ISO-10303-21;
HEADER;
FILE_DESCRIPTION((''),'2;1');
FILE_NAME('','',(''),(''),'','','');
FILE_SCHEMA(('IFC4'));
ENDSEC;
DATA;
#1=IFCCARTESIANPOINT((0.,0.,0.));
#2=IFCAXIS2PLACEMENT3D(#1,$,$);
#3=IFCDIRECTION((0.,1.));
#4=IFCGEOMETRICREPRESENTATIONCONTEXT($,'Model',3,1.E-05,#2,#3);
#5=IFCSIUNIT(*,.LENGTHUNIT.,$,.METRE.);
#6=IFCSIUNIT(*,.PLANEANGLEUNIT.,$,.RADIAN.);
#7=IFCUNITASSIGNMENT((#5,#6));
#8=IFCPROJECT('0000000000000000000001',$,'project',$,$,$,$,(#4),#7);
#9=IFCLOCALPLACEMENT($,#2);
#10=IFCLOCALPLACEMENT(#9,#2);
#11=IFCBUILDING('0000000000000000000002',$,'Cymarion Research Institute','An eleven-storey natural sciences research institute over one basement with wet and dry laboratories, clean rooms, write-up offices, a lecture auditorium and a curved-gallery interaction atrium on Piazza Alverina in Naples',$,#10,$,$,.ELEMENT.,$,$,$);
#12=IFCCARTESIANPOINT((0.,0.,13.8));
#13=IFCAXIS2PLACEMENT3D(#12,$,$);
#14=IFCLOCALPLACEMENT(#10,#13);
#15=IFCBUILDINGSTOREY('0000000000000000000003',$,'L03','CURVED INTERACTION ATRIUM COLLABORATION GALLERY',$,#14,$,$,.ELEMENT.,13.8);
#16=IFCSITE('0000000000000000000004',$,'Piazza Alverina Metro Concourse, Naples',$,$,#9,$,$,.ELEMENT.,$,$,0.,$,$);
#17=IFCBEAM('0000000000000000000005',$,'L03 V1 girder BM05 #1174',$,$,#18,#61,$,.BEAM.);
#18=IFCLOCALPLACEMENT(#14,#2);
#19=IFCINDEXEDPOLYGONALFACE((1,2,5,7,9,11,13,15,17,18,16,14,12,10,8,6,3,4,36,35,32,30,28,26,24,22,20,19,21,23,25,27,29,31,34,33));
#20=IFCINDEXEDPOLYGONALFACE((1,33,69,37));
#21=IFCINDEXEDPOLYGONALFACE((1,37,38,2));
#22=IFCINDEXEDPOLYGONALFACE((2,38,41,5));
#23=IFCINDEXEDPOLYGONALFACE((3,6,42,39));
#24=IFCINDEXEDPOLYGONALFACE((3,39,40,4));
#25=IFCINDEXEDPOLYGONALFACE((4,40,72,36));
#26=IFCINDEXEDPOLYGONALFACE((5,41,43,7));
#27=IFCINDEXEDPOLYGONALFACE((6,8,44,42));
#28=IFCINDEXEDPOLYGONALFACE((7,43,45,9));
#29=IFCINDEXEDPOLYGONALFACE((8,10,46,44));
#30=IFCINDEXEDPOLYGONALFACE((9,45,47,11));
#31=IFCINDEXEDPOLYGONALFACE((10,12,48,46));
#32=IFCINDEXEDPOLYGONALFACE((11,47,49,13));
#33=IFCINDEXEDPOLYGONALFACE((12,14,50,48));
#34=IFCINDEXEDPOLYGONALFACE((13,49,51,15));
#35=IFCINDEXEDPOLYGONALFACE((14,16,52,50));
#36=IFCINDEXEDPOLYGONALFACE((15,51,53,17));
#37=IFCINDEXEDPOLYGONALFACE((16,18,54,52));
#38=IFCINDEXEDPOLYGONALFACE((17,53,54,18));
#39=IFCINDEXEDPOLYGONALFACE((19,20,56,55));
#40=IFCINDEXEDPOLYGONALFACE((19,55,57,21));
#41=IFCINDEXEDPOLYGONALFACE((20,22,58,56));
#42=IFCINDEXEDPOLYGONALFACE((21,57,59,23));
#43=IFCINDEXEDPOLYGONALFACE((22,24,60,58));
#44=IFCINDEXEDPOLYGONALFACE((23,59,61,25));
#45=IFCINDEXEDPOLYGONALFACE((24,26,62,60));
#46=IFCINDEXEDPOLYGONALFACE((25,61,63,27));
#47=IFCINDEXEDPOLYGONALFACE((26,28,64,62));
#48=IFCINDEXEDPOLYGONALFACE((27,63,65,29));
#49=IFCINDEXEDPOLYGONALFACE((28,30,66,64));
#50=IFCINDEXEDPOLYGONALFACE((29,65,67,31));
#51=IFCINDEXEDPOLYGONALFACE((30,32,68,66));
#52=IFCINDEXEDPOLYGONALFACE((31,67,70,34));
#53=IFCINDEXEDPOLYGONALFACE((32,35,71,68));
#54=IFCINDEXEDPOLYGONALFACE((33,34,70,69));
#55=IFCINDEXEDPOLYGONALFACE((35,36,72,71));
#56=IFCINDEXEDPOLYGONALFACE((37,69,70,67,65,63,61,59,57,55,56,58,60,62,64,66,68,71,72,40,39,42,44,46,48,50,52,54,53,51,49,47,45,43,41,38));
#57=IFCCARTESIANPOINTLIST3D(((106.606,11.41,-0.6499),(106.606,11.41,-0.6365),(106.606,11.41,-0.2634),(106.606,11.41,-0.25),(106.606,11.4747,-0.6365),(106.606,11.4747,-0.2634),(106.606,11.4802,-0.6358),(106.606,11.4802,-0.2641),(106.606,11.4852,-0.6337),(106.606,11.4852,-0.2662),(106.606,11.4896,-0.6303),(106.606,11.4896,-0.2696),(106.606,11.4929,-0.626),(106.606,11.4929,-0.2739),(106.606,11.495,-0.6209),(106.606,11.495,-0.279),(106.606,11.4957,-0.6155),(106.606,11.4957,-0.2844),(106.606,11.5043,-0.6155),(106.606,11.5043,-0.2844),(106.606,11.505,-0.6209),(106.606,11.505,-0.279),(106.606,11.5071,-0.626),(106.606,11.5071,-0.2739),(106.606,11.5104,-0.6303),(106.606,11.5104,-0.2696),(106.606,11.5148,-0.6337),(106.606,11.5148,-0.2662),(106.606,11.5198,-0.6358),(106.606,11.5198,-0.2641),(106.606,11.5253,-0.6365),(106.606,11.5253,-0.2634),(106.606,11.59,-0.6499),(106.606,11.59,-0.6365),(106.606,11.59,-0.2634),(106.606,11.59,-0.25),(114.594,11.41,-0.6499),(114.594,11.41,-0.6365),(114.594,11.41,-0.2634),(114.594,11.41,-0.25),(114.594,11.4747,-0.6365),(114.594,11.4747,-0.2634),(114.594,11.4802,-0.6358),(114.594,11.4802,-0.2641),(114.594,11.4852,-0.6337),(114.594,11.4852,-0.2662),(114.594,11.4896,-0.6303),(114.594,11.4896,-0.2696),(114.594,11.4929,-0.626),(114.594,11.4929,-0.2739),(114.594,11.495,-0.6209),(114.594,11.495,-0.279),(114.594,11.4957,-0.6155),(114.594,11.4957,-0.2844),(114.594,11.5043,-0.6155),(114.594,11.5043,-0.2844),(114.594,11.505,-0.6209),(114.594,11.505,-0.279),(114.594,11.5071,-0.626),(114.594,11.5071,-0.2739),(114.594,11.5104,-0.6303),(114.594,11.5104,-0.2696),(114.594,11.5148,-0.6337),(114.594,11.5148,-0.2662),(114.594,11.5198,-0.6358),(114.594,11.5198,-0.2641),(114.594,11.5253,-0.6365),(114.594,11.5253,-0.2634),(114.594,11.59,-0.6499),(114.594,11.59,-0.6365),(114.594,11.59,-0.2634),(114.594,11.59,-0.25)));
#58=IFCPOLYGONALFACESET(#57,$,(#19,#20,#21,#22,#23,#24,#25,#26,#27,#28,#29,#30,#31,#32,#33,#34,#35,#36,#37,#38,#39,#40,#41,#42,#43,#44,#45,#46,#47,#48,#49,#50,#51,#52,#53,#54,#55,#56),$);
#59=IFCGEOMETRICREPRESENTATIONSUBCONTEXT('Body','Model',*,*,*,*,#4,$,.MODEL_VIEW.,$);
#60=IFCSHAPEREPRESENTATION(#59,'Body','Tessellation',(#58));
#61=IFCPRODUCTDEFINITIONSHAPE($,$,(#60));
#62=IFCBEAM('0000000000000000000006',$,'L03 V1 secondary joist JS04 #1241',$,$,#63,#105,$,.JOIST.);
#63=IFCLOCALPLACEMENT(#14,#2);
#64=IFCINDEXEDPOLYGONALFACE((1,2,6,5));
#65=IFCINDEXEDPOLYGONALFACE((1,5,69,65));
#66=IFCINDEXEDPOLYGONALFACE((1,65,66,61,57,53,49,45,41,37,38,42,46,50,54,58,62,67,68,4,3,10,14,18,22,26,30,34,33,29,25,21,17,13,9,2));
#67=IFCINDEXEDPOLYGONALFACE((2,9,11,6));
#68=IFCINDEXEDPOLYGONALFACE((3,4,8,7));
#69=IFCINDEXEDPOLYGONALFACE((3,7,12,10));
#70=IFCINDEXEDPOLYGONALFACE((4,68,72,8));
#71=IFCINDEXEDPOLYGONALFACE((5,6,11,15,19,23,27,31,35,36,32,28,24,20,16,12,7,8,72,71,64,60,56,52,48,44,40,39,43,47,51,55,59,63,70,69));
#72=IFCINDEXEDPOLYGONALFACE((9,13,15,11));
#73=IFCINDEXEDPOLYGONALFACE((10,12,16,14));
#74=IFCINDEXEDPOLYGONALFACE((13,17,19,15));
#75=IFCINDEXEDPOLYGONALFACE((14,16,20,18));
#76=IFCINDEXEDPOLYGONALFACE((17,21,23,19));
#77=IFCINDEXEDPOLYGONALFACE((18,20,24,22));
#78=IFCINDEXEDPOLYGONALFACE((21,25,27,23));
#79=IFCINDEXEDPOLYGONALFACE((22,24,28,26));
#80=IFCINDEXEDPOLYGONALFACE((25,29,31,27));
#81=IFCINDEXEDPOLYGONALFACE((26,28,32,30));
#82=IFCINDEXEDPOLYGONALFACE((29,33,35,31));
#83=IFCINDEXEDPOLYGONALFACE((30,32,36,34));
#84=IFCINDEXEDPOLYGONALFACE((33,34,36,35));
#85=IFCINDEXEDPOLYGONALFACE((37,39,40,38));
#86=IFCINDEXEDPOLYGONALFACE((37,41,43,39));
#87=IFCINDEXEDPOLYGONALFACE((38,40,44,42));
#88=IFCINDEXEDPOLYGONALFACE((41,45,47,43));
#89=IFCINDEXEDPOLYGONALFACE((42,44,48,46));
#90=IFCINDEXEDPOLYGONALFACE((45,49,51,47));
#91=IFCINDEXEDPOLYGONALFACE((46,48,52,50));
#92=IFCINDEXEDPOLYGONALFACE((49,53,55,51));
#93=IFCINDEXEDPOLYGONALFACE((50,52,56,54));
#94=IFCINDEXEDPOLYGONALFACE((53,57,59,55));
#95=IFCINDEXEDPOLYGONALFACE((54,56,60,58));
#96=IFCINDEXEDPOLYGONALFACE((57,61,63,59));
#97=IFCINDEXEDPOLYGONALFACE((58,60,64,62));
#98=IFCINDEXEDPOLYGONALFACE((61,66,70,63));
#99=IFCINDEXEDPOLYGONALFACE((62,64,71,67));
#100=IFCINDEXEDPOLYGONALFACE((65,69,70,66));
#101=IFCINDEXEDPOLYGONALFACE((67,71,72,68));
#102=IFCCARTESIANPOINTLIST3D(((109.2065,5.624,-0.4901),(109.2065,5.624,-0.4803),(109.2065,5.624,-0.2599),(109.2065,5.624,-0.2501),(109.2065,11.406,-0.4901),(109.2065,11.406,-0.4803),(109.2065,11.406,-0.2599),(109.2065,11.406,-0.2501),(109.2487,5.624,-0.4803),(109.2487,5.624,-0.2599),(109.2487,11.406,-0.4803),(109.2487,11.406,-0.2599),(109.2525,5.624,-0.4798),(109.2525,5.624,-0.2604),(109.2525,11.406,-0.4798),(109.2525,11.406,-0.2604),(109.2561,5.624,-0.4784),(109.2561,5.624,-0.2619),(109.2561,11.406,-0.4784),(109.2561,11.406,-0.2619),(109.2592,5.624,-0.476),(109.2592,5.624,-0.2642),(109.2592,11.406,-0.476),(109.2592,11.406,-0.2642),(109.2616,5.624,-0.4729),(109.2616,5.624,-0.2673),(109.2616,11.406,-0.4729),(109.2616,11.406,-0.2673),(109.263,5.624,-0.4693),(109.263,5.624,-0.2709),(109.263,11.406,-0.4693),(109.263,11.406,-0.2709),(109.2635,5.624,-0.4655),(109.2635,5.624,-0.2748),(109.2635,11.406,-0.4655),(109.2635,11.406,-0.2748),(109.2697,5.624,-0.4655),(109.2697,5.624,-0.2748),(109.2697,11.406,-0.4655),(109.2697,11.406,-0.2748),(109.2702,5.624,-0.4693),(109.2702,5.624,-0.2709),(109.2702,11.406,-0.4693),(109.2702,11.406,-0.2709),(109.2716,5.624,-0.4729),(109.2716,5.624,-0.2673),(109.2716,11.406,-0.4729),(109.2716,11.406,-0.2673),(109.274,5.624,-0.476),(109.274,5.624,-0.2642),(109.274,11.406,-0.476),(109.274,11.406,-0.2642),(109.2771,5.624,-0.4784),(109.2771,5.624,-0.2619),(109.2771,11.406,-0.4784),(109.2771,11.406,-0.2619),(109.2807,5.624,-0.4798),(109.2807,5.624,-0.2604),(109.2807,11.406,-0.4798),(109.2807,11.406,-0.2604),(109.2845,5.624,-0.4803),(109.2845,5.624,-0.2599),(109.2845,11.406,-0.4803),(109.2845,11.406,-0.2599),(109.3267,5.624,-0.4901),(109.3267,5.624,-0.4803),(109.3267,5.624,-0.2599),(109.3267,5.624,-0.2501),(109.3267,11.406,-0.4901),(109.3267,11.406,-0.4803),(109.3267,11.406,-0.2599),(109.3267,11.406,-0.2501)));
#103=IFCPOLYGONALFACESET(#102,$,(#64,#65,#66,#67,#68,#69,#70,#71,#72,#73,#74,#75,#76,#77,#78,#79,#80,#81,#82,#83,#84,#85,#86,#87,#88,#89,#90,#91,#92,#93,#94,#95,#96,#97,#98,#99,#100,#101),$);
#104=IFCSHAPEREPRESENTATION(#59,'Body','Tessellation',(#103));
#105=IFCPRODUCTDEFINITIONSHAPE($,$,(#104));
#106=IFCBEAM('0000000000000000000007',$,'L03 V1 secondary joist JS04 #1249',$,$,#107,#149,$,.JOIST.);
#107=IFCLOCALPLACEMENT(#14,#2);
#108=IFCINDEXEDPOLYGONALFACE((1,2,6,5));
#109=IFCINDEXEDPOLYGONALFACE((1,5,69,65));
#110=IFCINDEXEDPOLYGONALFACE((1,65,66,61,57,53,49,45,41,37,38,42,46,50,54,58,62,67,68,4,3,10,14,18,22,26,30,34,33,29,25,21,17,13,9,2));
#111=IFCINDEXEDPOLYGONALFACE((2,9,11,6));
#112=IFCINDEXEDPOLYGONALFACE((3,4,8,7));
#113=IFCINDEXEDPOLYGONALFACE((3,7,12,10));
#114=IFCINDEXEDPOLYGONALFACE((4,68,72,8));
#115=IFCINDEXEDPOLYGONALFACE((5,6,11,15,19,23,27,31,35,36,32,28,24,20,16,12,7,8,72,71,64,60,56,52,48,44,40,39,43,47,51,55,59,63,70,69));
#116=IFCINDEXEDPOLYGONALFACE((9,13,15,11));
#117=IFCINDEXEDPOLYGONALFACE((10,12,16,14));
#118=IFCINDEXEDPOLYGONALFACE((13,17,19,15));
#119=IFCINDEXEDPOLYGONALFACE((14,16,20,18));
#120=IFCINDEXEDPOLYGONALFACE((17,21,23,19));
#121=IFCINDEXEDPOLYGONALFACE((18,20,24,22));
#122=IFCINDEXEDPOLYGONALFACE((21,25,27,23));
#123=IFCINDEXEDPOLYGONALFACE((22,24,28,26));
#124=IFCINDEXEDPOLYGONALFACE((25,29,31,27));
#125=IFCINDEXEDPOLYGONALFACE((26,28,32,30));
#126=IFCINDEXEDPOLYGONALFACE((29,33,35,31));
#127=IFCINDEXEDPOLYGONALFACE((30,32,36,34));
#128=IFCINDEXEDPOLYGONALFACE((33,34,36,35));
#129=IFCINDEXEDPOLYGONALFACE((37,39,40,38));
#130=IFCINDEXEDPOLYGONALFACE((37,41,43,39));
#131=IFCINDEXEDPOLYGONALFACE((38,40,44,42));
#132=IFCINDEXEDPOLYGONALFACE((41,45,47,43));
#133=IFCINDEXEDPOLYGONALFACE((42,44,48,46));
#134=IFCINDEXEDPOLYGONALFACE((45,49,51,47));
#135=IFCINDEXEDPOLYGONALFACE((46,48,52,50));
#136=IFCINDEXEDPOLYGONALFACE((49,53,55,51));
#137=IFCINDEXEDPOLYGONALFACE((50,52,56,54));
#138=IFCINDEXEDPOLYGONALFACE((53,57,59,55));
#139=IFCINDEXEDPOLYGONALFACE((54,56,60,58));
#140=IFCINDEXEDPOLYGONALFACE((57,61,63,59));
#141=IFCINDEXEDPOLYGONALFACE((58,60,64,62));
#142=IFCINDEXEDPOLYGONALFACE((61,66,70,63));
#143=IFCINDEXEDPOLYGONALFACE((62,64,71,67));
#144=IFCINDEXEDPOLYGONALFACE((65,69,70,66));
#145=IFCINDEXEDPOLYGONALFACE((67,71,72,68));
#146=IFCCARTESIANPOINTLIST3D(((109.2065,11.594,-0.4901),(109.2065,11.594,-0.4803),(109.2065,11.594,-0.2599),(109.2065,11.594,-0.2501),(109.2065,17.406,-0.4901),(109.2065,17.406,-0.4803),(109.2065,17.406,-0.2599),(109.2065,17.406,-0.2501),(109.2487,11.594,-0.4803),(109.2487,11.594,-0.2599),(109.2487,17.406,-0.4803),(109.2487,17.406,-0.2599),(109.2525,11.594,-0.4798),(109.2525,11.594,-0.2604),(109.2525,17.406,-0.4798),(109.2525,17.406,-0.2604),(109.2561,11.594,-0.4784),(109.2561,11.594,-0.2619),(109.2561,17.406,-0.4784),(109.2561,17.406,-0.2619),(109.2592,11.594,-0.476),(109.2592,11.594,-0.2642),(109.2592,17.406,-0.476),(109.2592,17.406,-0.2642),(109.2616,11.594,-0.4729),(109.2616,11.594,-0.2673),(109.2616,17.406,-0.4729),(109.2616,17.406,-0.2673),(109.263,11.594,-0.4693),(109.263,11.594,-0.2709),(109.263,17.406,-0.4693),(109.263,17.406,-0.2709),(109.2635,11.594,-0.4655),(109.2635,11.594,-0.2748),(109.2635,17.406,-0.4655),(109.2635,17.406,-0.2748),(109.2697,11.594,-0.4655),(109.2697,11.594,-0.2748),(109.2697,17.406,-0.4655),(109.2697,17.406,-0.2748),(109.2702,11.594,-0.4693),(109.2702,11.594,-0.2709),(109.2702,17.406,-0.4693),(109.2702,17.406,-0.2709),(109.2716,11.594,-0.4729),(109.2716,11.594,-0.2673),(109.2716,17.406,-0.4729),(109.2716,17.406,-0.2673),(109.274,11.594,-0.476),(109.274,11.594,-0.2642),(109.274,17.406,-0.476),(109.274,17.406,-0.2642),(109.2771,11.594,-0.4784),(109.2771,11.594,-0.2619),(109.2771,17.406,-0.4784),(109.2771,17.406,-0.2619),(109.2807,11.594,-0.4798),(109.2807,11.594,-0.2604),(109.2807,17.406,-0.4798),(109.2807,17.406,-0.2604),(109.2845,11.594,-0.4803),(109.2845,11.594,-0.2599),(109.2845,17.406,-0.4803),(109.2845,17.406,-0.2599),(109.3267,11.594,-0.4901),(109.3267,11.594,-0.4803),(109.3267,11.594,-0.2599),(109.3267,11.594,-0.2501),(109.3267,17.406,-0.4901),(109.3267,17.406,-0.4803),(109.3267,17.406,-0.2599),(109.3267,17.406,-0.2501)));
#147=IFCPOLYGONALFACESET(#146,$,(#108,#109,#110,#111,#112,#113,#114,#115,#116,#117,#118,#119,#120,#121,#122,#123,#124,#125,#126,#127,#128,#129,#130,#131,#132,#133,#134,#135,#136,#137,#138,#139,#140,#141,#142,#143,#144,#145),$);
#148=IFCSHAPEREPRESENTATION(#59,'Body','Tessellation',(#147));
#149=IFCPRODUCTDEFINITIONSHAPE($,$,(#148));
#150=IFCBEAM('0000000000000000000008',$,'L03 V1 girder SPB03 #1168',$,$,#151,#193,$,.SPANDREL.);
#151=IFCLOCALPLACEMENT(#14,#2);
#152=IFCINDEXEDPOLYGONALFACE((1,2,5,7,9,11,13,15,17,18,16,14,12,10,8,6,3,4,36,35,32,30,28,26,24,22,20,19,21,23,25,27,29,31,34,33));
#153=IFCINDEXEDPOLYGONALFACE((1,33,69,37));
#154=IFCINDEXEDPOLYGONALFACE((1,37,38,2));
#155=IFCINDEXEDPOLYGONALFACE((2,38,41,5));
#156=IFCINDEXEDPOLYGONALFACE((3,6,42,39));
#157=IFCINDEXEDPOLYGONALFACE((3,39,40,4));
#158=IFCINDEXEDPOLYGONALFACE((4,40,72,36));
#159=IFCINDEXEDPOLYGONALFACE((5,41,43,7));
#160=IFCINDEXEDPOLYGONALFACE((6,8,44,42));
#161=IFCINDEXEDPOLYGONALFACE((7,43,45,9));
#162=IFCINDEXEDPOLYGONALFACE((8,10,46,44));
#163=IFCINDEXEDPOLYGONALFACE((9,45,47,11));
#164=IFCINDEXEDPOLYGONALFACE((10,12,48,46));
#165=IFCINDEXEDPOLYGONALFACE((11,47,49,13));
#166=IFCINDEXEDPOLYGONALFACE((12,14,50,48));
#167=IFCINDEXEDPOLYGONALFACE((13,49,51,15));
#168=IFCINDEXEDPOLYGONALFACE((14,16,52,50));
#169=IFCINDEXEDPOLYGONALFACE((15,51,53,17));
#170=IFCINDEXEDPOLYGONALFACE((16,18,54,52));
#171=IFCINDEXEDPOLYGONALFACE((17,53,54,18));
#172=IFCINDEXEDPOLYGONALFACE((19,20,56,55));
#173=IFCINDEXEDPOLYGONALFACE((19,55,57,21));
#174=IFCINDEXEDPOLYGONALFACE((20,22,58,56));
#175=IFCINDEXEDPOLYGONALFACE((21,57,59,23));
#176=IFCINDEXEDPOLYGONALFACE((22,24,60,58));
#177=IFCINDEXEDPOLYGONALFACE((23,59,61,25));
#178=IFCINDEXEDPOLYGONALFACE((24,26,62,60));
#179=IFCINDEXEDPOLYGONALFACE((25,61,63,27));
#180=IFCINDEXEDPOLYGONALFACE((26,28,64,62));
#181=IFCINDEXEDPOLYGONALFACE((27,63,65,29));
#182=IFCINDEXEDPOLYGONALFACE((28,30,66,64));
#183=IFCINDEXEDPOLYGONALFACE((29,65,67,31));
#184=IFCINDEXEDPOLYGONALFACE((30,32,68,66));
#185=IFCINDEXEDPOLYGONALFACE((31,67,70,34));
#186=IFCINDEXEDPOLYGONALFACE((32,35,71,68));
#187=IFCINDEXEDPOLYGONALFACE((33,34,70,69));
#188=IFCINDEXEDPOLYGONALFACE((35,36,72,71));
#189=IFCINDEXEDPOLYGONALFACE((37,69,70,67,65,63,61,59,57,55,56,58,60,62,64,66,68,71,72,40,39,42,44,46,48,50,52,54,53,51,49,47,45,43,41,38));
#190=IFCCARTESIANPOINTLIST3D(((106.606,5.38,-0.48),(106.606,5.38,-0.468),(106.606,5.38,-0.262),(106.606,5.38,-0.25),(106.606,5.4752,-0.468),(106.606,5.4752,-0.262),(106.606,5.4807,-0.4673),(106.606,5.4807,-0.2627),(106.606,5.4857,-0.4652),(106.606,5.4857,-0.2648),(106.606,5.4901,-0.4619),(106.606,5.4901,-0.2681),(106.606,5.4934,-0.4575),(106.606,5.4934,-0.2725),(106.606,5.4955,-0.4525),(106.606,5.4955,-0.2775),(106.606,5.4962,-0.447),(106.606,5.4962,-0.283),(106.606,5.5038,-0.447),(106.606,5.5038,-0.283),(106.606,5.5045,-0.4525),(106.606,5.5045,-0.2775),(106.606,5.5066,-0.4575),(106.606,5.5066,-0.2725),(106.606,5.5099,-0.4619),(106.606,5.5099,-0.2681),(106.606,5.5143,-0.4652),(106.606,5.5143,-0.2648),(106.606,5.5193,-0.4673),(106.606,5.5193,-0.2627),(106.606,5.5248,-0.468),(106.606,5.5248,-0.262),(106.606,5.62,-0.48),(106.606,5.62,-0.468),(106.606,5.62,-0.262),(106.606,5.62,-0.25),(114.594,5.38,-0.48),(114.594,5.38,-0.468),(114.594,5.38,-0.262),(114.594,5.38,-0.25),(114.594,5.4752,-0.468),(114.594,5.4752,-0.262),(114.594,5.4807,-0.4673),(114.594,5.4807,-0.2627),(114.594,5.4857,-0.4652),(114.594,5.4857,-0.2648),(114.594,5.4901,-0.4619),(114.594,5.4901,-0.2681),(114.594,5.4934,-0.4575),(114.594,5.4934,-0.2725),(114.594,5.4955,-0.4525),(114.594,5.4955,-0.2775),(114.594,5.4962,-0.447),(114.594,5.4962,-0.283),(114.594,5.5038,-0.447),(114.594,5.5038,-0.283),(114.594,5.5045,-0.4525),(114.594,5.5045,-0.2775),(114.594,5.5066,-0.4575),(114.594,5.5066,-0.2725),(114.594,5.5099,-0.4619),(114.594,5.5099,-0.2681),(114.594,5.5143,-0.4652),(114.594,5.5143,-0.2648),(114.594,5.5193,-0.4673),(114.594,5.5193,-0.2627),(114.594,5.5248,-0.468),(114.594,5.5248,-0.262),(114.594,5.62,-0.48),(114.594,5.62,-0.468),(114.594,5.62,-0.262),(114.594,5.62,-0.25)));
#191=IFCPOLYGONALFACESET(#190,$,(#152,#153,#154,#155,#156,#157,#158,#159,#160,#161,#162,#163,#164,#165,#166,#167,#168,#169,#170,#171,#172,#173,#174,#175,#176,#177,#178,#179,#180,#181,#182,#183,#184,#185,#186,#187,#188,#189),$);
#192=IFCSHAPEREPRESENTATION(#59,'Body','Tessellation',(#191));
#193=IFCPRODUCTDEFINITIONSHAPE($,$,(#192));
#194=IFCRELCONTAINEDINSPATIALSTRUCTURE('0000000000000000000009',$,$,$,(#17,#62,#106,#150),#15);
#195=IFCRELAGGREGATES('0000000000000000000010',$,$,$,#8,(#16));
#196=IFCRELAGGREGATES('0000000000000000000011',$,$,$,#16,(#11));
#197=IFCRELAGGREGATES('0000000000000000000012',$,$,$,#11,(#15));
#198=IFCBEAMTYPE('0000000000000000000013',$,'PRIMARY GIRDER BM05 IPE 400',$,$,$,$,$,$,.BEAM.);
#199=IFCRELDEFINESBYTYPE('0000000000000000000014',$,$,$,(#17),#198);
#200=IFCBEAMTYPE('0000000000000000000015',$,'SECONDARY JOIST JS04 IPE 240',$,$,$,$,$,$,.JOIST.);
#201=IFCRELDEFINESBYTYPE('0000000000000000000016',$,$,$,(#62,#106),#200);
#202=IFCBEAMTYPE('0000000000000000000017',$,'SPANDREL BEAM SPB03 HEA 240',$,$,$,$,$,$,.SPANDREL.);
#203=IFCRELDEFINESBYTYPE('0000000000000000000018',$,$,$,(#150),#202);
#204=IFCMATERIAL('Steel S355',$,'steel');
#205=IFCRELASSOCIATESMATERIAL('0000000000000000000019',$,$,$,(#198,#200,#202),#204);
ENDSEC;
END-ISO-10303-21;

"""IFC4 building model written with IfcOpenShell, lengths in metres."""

from ifc_helpers import new_model, si_unit, direction, frame, origin, origin_2d, place, context, subcontext, project, spatial, i_section, extrude, material, material_profile, profile_set, type_object, element, save


model = new_model("IFC4")

# Units and contexts
model_context = context("Model", 3, precision=1e-05, world=origin(), true_north=direction((0.0, 1.0)))
body_context = subcontext(model_context, "Body", "Model", "MODEL_VIEW")
ifc_project = project(units=[si_unit("LENGTHUNIT", "METRE"), si_unit("PLANEANGLEUNIT", "RADIAN")], contexts=[model_context])

# Site, building, storey
site_placement = place(None, origin())
site = spatial("IfcSite", under=ifc_project, at=site_placement, Name="Piazza Alverina Metro Concourse, Naples", CompositionType="ELEMENT", RefElevation=0.0)
building_placement = place(site_placement, origin())
building = spatial("IfcBuilding", under=site, at=building_placement, Name="Cymarion Research Institute", Description="An eleven-storey natural sciences research institute over one basement with wet and dry laboratories, clean rooms, write-up offices, a lecture auditorium and a curved-gallery interaction atrium on Piazza Alverina in Naples", CompositionType="ELEMENT")
storey_placement = place(building_placement, frame((0.0, 0.0, 13.8)))
storey = spatial("IfcBuildingStorey", under=building, at=storey_placement, Name="L03", Description="CURVED INTERACTION ATRIUM COLLABORATION GALLERY", CompositionType="ELEMENT", Elevation=13.8)

# Beams
ifc_material_1 = material(Name="Steel S355", Category="steel")
ifc_material_profile_1 = material_profile(ifc_material_1, i_section(OverallWidth=0.1799, OverallDepth=0.3999, WebThickness=0.0085, FlangeThickness=0.0134, FilletRadius=0.021, at=origin_2d()), Name="IPE 400")
ifc_profile_set_1 = profile_set([ifc_material_profile_1], Name="Steel S355")
beam_type_1 = type_object("IfcBeamType", Name="PRIMARY GIRDER BM05 IPE 400", PredefinedType="BEAM", material=ifc_profile_set_1)
beam_1_placement = place(storey_placement, frame((106.606, 11.5, -0.45), z_axis=(1.0, 0.0, 0.0), x_axis=(0.0, 1.0, 0.0)))
element("IfcBeam", 1, at=beam_1_placement, inside=storey, type_object=beam_type_1, Name="L03 V1 girder BM05 #1174", PredefinedType="BEAM", context=body_context, shape_type="SweptSolid", body=[
    extrude(i_section(OverallWidth=0.1799, OverallDepth=0.3999, WebThickness=0.0085, FlangeThickness=0.0134, FilletRadius=0.021, at=origin_2d()), origin(), (0.0, 0.0, 1.0), 7.988),
])
ifc_material_profile_2 = material_profile(ifc_material_1, i_section(OverallWidth=0.1201, OverallDepth=0.24, WebThickness=0.0061, FlangeThickness=0.0098, FilletRadius=0.0149, at=origin_2d()), Name="IPE 240")
ifc_profile_set_2 = profile_set([ifc_material_profile_2], Name="Steel S355")
beam_type_2 = type_object("IfcBeamType", Name="SECONDARY JOIST JS04 IPE 240", PredefinedType="JOIST", material=ifc_profile_set_2)
beam_2_placement = place(storey_placement, frame((109.2666, 5.624, -0.3701), z_axis=(0.0, 1.0, 0.0), x_axis=(-1.0, 0.0, 0.0)))
element("IfcBeam", 2, at=beam_2_placement, inside=storey, type_object=beam_type_2, Name="L03 V1 secondary joist JS04 #1241", PredefinedType="JOIST", context=body_context, shape_type="SweptSolid", body=[
    extrude(i_section(OverallWidth=0.1201, OverallDepth=0.24, WebThickness=0.0061, FlangeThickness=0.0098, FilletRadius=0.0149, at=origin_2d()), origin(), (0.0, 0.0, 1.0), 5.782),
])
beam_3_placement = place(storey_placement, frame((109.2666, 11.594, -0.3701), z_axis=(0.0, 1.0, 0.0), x_axis=(-1.0, 0.0, 0.0)))
element("IfcBeam", 3, at=beam_3_placement, inside=storey, type_object=beam_type_2, Name="L03 V1 secondary joist JS04 #1249", PredefinedType="JOIST", context=body_context, shape_type="SweptSolid", body=[
    extrude(i_section(OverallWidth=0.1201, OverallDepth=0.24, WebThickness=0.0061, FlangeThickness=0.0098, FilletRadius=0.0149, at=origin_2d()), origin(), (0.0, 0.0, 1.0), 5.812),
])
ifc_material_profile_3 = material_profile(ifc_material_1, i_section(OverallWidth=0.24, OverallDepth=0.23, WebThickness=0.0076, FlangeThickness=0.012, FilletRadius=0.021, at=origin_2d()), Name="HEA 240")
ifc_profile_set_3 = profile_set([ifc_material_profile_3], Name="Steel S355")
beam_type_3 = type_object("IfcBeamType", Name="SPANDREL BEAM SPB03 HEA 240", PredefinedType="SPANDREL", material=ifc_profile_set_3)
beam_4_placement = place(storey_placement, frame((106.606, 5.5, -0.365), z_axis=(1.0, 0.0, 0.0), x_axis=(0.0, 1.0, 0.0)))
element("IfcBeam", 4, at=beam_4_placement, inside=storey, type_object=beam_type_3, Name="L03 V1 girder SPB03 #1168", PredefinedType="SPANDREL", context=body_context, shape_type="SweptSolid", body=[
    extrude(i_section(OverallWidth=0.24, OverallDepth=0.23, WebThickness=0.0076, FlangeThickness=0.012, FilletRadius=0.021, at=origin_2d()), origin(), (0.0, 0.0, 1.0), 7.988),
])

save(model, "model.ifc")
